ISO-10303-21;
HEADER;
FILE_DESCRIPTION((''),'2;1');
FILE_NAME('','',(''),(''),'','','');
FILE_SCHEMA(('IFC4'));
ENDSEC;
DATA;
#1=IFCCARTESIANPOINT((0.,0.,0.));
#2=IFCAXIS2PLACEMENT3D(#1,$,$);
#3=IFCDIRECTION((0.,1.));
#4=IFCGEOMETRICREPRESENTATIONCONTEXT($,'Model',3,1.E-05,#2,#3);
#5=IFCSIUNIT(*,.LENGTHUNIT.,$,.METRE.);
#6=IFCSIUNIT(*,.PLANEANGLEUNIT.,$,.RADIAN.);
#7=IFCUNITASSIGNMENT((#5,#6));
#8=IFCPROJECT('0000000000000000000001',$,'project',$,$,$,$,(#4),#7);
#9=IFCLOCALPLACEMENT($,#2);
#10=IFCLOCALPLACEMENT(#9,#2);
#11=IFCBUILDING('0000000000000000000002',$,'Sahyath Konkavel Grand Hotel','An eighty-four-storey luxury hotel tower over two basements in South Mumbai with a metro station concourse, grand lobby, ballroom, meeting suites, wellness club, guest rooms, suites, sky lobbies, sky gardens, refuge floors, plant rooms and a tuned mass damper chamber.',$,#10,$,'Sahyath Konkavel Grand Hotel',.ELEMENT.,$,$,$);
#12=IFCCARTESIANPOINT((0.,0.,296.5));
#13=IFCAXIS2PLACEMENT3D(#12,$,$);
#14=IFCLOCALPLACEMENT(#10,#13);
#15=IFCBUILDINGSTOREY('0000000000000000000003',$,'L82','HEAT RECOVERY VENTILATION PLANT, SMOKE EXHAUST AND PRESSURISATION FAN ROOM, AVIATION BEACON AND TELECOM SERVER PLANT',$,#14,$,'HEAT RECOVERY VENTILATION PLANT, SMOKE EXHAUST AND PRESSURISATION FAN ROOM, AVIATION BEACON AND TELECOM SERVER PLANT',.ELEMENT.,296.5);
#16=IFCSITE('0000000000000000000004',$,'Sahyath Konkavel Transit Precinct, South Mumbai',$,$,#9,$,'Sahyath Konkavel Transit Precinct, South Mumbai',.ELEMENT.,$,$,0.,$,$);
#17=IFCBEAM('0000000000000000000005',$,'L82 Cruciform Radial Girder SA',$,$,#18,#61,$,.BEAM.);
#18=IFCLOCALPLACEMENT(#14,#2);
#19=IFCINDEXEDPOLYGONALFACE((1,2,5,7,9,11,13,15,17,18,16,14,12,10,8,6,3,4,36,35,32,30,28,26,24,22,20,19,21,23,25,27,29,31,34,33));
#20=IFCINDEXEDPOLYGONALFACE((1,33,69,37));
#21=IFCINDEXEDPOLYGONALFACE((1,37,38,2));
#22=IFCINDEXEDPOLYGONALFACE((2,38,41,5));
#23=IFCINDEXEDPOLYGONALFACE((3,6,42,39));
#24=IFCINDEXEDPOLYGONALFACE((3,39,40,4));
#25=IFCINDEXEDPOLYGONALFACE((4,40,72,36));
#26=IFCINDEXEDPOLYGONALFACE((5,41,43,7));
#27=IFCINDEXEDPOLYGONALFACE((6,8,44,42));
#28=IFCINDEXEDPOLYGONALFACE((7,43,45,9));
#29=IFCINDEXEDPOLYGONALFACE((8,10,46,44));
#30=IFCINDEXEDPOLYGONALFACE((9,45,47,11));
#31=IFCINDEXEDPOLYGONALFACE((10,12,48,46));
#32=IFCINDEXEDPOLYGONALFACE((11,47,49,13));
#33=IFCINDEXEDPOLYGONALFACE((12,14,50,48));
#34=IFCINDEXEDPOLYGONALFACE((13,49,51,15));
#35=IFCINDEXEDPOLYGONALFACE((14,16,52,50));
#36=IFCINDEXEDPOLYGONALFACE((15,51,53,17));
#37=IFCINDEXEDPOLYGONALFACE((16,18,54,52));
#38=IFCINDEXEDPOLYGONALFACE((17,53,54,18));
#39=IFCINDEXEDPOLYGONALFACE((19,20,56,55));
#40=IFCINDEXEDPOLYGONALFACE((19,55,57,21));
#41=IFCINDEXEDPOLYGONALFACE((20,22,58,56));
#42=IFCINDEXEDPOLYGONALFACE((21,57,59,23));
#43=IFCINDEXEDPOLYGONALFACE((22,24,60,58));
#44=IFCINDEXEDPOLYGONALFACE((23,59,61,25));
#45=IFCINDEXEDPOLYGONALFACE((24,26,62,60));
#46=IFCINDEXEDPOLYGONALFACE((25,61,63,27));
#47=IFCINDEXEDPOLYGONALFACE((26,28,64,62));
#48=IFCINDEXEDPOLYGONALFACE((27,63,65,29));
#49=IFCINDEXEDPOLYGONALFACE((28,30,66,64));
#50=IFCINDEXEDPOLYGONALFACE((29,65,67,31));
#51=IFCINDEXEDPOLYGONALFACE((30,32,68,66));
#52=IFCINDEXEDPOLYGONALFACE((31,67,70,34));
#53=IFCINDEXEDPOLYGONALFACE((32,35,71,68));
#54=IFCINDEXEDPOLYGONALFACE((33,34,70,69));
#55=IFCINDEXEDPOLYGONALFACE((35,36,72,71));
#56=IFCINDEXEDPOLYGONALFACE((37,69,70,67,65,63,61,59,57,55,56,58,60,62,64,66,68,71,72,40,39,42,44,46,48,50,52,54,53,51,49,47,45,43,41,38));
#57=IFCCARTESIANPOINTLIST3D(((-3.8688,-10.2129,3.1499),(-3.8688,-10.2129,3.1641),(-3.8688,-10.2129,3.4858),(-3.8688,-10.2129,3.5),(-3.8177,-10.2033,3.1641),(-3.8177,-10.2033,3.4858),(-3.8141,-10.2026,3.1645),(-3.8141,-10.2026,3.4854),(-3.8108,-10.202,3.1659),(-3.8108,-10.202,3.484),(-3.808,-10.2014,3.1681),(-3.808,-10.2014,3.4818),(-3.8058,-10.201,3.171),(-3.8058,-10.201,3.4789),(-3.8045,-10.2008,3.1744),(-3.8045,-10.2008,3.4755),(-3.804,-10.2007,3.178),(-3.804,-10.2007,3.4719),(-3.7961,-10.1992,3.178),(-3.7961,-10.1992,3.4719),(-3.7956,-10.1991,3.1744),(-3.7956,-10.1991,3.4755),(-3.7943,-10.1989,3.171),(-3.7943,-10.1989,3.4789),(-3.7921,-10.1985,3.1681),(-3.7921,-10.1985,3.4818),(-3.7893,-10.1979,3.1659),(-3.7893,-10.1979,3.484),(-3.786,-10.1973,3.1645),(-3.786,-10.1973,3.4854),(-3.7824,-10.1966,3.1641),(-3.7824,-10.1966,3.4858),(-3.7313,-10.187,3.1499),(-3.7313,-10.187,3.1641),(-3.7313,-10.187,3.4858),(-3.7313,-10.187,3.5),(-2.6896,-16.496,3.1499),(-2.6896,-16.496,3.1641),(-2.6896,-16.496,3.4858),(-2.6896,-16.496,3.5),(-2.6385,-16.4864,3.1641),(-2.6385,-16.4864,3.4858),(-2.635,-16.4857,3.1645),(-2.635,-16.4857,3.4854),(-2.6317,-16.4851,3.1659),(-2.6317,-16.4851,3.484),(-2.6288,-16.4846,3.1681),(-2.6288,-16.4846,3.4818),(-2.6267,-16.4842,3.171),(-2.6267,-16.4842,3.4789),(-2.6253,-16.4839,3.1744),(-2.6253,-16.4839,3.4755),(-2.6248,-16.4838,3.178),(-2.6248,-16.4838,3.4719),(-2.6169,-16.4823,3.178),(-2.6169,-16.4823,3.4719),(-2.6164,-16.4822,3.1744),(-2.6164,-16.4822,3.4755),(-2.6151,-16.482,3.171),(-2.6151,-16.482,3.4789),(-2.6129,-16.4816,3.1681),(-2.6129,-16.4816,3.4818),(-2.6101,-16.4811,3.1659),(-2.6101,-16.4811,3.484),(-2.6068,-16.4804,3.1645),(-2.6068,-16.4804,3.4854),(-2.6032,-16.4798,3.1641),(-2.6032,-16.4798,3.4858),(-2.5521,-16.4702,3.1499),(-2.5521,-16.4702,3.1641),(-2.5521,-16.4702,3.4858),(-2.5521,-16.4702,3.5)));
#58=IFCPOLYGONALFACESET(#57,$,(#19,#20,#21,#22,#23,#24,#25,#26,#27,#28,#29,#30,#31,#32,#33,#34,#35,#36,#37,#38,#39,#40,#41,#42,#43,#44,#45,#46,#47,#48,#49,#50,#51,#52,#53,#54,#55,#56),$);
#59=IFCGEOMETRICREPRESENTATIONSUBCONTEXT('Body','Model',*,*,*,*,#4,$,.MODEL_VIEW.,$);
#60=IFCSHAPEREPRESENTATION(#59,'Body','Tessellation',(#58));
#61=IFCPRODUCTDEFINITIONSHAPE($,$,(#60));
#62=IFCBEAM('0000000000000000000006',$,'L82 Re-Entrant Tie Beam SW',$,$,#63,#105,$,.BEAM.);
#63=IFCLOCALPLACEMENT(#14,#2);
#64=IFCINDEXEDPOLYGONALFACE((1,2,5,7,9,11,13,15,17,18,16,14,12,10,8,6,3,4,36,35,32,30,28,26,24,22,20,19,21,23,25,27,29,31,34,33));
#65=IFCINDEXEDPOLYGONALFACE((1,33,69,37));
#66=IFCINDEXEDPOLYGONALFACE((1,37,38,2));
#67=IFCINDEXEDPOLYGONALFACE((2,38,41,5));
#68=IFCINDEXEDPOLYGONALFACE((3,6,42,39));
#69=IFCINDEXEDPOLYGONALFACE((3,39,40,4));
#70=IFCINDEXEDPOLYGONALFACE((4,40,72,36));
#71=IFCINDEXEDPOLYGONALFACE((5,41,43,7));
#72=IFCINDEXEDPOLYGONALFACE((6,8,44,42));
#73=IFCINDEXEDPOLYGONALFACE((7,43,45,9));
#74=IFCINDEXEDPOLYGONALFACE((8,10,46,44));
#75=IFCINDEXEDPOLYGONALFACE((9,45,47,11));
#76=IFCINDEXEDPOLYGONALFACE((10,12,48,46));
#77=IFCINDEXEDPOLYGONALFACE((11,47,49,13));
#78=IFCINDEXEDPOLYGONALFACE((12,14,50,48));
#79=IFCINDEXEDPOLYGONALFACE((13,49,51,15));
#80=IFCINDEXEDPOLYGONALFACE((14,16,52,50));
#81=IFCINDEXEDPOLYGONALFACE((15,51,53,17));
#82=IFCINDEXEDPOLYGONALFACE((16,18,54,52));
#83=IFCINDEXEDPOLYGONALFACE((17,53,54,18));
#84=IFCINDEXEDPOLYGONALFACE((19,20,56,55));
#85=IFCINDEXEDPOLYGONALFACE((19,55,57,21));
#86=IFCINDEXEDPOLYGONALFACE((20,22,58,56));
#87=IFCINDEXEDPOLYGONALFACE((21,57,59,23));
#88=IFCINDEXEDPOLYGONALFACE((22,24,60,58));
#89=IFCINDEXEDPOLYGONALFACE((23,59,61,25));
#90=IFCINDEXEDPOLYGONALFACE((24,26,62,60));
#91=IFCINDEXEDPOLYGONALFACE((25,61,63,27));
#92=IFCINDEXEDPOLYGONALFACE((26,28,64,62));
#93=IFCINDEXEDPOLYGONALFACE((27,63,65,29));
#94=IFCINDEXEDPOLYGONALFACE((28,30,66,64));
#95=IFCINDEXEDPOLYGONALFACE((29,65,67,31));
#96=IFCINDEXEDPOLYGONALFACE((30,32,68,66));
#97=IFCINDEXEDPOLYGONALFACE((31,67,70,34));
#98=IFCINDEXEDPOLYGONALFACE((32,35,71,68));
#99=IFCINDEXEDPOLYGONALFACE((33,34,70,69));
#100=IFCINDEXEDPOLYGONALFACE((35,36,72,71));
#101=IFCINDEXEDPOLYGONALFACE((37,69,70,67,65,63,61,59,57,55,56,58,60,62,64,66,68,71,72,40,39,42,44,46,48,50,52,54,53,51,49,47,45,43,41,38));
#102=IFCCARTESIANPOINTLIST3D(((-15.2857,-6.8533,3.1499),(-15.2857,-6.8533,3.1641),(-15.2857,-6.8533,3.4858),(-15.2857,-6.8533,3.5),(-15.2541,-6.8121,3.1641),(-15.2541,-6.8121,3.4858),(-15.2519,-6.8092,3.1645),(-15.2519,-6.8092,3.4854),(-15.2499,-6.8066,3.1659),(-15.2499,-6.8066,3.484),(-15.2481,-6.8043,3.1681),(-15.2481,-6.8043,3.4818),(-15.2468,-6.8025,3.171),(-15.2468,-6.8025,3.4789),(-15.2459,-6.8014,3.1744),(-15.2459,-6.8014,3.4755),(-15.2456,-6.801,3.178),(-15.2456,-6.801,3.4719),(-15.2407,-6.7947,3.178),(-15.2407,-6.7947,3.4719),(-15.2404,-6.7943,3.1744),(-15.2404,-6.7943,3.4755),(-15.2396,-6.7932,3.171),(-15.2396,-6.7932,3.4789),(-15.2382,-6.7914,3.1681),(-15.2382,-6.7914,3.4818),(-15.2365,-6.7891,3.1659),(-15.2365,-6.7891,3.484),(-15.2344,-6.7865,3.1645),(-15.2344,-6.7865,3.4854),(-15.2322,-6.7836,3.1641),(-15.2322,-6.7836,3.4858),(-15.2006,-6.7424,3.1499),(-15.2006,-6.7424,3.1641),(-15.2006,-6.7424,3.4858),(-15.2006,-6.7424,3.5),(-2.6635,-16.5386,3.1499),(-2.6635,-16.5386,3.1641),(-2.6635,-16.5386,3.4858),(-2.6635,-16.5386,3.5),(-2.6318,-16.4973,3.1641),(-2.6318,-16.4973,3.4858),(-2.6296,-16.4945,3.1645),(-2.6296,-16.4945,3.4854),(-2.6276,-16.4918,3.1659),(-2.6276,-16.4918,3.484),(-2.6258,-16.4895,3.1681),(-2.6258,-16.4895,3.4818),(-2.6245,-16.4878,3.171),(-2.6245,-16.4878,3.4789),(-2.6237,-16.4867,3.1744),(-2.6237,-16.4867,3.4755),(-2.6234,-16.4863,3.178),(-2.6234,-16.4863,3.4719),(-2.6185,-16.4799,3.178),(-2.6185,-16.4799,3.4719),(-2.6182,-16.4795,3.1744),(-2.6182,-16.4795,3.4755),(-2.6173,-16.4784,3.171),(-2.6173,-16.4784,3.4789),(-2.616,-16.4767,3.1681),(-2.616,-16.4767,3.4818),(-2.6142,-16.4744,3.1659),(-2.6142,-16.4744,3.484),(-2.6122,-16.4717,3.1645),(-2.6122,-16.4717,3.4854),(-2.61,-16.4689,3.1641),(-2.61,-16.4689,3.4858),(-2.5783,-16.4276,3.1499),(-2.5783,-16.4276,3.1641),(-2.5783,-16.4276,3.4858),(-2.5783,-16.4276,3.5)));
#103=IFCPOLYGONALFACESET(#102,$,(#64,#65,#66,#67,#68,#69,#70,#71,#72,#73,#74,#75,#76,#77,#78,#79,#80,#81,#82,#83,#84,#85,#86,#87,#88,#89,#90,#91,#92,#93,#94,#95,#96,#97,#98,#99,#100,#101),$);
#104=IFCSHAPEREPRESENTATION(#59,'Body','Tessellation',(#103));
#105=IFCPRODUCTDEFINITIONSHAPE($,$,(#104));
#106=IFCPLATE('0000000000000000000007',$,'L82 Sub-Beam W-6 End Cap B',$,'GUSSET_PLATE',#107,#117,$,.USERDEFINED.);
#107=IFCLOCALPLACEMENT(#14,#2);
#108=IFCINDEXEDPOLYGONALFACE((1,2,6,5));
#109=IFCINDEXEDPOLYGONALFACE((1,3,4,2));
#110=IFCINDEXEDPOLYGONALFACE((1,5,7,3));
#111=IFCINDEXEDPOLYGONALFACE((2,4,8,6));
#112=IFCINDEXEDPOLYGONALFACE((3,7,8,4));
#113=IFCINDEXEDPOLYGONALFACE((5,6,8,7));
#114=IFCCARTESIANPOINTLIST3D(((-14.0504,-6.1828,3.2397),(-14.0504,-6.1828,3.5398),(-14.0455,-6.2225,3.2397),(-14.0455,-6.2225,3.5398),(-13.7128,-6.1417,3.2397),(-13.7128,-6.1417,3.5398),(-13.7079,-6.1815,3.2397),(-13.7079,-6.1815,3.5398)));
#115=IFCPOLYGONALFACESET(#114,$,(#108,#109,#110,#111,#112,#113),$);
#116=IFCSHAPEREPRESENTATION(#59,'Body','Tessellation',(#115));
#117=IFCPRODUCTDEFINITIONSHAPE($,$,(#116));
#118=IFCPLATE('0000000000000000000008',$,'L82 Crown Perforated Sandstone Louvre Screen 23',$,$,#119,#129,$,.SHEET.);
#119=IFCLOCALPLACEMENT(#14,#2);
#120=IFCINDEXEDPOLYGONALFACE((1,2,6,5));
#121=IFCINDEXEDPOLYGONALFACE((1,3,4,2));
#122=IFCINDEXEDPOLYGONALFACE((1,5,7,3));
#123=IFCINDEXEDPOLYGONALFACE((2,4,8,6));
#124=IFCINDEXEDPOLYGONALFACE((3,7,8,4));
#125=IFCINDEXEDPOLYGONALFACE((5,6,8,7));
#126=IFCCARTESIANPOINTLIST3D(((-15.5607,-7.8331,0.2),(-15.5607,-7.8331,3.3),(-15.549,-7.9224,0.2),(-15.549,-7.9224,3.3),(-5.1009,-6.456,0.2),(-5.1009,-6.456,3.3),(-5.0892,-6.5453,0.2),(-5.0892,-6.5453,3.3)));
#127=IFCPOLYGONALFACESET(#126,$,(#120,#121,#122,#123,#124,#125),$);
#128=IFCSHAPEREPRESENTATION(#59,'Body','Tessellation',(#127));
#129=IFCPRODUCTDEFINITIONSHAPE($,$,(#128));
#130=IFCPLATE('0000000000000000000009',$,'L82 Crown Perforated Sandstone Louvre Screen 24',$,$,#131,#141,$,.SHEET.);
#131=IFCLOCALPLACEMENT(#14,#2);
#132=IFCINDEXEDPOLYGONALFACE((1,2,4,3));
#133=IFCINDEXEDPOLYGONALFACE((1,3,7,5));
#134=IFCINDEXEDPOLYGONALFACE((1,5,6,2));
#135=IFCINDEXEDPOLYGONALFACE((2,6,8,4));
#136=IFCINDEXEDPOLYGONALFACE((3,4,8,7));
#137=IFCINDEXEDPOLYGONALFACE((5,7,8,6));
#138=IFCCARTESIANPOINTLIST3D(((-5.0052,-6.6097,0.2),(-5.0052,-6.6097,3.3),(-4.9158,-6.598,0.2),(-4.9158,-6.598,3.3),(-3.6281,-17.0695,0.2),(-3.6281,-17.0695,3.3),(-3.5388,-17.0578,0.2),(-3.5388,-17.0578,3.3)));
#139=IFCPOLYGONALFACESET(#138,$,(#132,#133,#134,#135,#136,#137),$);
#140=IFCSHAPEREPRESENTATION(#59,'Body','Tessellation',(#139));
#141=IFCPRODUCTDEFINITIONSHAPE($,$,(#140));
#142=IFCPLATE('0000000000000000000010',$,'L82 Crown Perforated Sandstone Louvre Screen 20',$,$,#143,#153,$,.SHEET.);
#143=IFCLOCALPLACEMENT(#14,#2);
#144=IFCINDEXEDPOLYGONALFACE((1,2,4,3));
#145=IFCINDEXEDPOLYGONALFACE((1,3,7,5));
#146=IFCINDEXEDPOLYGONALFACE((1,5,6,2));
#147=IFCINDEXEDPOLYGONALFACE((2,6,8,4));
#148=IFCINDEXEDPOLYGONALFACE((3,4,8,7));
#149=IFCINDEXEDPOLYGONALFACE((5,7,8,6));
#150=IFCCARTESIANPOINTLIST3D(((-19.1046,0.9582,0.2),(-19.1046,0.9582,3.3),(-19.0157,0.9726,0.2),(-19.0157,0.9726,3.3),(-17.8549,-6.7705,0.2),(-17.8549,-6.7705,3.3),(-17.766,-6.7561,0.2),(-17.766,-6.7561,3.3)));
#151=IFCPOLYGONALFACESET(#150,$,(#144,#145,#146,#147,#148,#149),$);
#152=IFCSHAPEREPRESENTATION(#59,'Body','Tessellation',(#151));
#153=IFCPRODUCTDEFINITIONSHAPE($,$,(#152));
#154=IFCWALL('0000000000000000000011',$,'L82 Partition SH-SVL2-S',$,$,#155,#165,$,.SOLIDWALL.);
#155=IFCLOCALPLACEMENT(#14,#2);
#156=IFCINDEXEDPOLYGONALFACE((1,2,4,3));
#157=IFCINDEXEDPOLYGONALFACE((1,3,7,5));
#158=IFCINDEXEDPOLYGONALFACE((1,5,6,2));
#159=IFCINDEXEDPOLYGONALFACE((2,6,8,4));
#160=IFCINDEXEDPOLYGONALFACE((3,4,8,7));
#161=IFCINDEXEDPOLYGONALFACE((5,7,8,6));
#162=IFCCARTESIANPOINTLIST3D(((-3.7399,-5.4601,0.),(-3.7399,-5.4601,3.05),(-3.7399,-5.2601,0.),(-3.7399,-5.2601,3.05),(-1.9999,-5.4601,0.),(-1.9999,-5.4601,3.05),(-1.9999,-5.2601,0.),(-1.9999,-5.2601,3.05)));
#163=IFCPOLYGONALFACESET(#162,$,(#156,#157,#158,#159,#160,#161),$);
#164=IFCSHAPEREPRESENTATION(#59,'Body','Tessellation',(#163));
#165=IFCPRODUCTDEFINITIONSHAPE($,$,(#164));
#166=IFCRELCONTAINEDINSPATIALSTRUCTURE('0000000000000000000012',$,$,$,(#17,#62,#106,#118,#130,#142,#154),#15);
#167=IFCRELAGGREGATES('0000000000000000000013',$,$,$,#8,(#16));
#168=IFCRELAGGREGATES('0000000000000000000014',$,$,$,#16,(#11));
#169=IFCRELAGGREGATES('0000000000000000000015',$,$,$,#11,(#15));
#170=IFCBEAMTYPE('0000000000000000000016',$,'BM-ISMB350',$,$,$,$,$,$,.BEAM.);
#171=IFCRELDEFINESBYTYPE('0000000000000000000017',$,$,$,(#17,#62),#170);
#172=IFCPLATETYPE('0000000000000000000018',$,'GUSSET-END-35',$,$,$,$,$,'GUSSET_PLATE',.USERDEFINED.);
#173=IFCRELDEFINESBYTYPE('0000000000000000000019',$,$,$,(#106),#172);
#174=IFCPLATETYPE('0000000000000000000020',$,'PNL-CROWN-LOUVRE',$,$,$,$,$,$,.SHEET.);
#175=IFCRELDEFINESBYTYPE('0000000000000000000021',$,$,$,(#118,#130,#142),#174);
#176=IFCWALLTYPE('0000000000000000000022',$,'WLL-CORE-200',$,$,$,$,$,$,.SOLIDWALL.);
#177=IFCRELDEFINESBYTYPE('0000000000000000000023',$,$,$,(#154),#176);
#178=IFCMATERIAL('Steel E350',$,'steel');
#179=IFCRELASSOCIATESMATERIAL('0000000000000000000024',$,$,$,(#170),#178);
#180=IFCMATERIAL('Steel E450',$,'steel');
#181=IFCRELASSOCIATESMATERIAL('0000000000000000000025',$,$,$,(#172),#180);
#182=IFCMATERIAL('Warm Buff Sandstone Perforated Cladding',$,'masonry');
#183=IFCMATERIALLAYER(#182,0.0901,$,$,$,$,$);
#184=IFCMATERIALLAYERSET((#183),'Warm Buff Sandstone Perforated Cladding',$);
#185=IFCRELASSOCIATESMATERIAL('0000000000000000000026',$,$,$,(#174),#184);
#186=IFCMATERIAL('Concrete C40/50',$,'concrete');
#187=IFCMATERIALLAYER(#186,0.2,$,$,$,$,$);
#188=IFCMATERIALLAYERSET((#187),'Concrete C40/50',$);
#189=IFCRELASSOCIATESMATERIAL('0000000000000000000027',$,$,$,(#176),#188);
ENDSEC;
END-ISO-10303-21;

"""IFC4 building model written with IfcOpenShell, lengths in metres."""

from ifc_helpers import new_model, si_unit, direction, frame, frame_2d, origin, origin_2d, place, context, subcontext, project, spatial, rectangle, i_section, extrude, source, transform, mapped, material, layer, layer_set, material_profile, profile_set, type_object, element, save


model = new_model("IFC4")

# Units and contexts
model_context = context("Model", 3, precision=1e-05, world=origin(), true_north=direction((0.0, 1.0)))
body_context = subcontext(model_context, "Body", "Model", "MODEL_VIEW")
ifc_project = project(units=[si_unit("LENGTHUNIT", "METRE"), si_unit("PLANEANGLEUNIT", "RADIAN")], contexts=[model_context])

# Site, building, storey
site_placement = place(None, origin())
site = spatial("IfcSite", under=ifc_project, at=site_placement, Name="Sahyath Konkavel Transit Precinct, South Mumbai", LongName="Sahyath Konkavel Transit Precinct, South Mumbai", CompositionType="ELEMENT", RefElevation=0.0)
building_placement = place(site_placement, origin())
building = spatial("IfcBuilding", under=site, at=building_placement, Name="Sahyath Konkavel Grand Hotel", Description="An eighty-four-storey luxury hotel tower over two basements in South Mumbai with a metro station concourse, grand lobby, ballroom, meeting suites, wellness club, guest rooms, suites, sky lobbies, sky gardens, refuge floors, plant rooms and a tuned mass damper chamber.", LongName="Sahyath Konkavel Grand Hotel", CompositionType="ELEMENT")
storey_placement = place(building_placement, frame((0.0, 0.0, 296.5)))
storey = spatial("IfcBuildingStorey", under=building, at=storey_placement, Name="L82", Description="HEAT RECOVERY VENTILATION PLANT, SMOKE EXHAUST AND PRESSURISATION FAN ROOM, AVIATION BEACON AND TELECOM SERVER PLANT", LongName="HEAT RECOVERY VENTILATION PLANT, SMOKE EXHAUST AND PRESSURISATION FAN ROOM, AVIATION BEACON AND TELECOM SERVER PLANT", CompositionType="ELEMENT", Elevation=296.5)

# Shared definitions
ifc_material_1 = material(Name="Concrete C40/50", Category="concrete")

# Beams
ifc_material_2 = material(Name="Steel E350", Category="steel")
ifc_material_profile_1 = material_profile(ifc_material_2, i_section(OverallWidth=0.1399, OverallDepth=0.3501, WebThickness=0.0081, FlangeThickness=0.0142, FilletRadius=0.0139, at=origin_2d()), Name="ISMB 350")
ifc_profile_set_1 = profile_set([ifc_material_profile_1], Name="Steel E350")
beam_type_1 = type_object("IfcBeamType", Name="BM-ISMB350", PredefinedType="BEAM", material=ifc_profile_set_1)
shared_shape_1 = source(origin(), body_context, "Body", "SweptSolid", [
    extrude(i_section(OverallWidth=0.1399, OverallDepth=0.3501, WebThickness=0.0081, FlangeThickness=0.0142, FilletRadius=0.0139, at=origin_2d()), origin(), (0.0, 0.0, 1.0), 6.3928),
])
beam_1_placement = place(storey_placement, frame((-3.8, -10.2, 3.325), z_axis=(0.184455, -0.982841, 0.0), x_axis=(0.982841, 0.184455, 0.0)))
element("IfcBeam", 1, at=beam_1_placement, inside=storey, type_object=beam_type_1, Name="L82 Cruciform Radial Girder SA", PredefinedType="BEAM", context=body_context, shape_type="MappedRepresentation", body=[
    mapped(shared_shape_1, transform((0.0, 0.0, 0.0), scale=1.0)),
])
shared_shape_2 = source(origin(), body_context, "Body", "SweptSolid", [
    extrude(i_section(OverallWidth=0.1399, OverallDepth=0.3501, WebThickness=0.0081, FlangeThickness=0.0142, FilletRadius=0.0139, at=origin_2d()), origin(), (0.0, 0.0, 1.0), 15.9099),
])
beam_2_placement = place(storey_placement, frame((-15.2432, -6.7979, 3.325), z_axis=(0.793358, -0.608756, 0.0), x_axis=(0.608756, 0.793358, 0.0)))
element("IfcBeam", 2, at=beam_2_placement, inside=storey, type_object=beam_type_1, Name="L82 Re-Entrant Tie Beam SW", PredefinedType="BEAM", context=body_context, shape_type="MappedRepresentation", body=[
    mapped(shared_shape_2, transform((0.0, 0.0, 0.0), scale=1.0)),
])

# Plates
ifc_material_3 = material(Name="Steel E450", Category="steel")
plate_type_1 = type_object("IfcPlateType", Name="GUSSET-END-35", ElementType="GUSSET_PLATE", PredefinedType="USERDEFINED", material=ifc_material_3)
shared_shape_3 = source(origin(), body_context, "Body", "SweptSolid", [
    extrude(rectangle(XDim=0.04, YDim=0.3401, at=origin_2d()), origin(), (0.0, 0.0, 1.0), 0.3),
])
plate_1_placement = place(storey_placement, frame((-13.8792, -6.1821, 3.2397), z_axis=(0.0, 0.0, 1.0), x_axis=(0.120674, -0.992692, 0.0)))
element("IfcPlate", 3, at=plate_1_placement, inside=storey, type_object=plate_type_1, Name="L82 Sub-Beam W-6 End Cap B", ObjectType="GUSSET_PLATE", PredefinedType="USERDEFINED", context=body_context, shape_type="MappedRepresentation", body=[
    mapped(shared_shape_3, transform((0.0, 0.0, 0.0), scale=1.0)),
])
ifc_material_4 = material(Name="Warm Buff Sandstone Perforated Cladding", Category="masonry")
ifc_layer_1 = layer(ifc_material_4, 0.0901)
ifc_layer_set_1 = layer_set([ifc_layer_1], Name="Warm Buff Sandstone Perforated Cladding")
plate_type_2 = type_object("IfcPlateType", Name="PNL-CROWN-LOUVRE", PredefinedType="SHEET", material=ifc_layer_set_1)
shared_shape_4 = source(origin(), body_context, "Body", "SweptSolid", [
    extrude(rectangle(XDim=10.55, YDim=0.0901, at=origin_2d()), origin(), (0.0, 0.0, 1.0), 3.1001),
])
for number, where, z_axis, x_axis, name in (
    (4, (-10.325, -7.1892, 0.2), (0.0, 0.0, 1.0), (0.991445, 0.130526, 0.0), "L82 Crown Perforated Sandstone Louvre Screen 23"),
    (5, (-4.272, -11.8337, 0.2), (0.0, 0.0, 1.0), (0.130526, -0.991445, 0.0), "L82 Crown Perforated Sandstone Louvre Screen 24"),
):
    element("IfcPlate", number, at=place(storey_placement, frame(where, z_axis=z_axis, x_axis=x_axis)), inside=storey, type_object=plate_type_2, Name=name, PredefinedType="SHEET", context=body_context, shape_type="MappedRepresentation", body=[
        mapped(shared_shape_4, transform((0.0, 0.0, 0.0), scale=1.0)),
    ])
shared_shape_5 = source(origin(), body_context, "Body", "SweptSolid", [
    extrude(rectangle(XDim=7.8291, YDim=0.0901, at=origin_2d()), origin(), (0.0, 0.0, 1.0), 3.1001),
])
plate_2_placement = place(storey_placement, frame((-18.4353, -2.8989, 0.2), z_axis=(0.0, 0.0, 1.0), x_axis=(0.159623, -0.987178, 0.0)))
element("IfcPlate", 6, at=plate_2_placement, inside=storey, type_object=plate_type_2, Name="L82 Crown Perforated Sandstone Louvre Screen 20", PredefinedType="SHEET", context=body_context, shape_type="MappedRepresentation", body=[
    mapped(shared_shape_5, transform((0.0, 0.0, 0.0), scale=1.0)),
])

# Wall
ifc_layer_2 = layer(ifc_material_1, 0.2)
ifc_layer_set_2 = layer_set([ifc_layer_2], Name="Concrete C40/50")
wall_type_1 = type_object("IfcWallType", Name="WLL-CORE-200", PredefinedType="SOLIDWALL", material=ifc_layer_set_2)
wall_1_placement = place(storey_placement, frame((-3.74, -5.3601, 0.0), z_axis=(0.0, 0.0, 1.0), x_axis=(1.0, 0.0, 0.0)))
element("IfcWall", 7, at=wall_1_placement, inside=storey, type_object=wall_type_1, Name="L82 Partition SH-SVL2-S", PredefinedType="SOLIDWALL", context=body_context, shape_type="SweptSolid", body=[
    extrude(rectangle(XDim=1.74, YDim=0.2, at=frame_2d((0.8701, 0.0))), origin(), (0.0, 0.0, 1.0), 3.05),
])

save(model, "model.ifc")
